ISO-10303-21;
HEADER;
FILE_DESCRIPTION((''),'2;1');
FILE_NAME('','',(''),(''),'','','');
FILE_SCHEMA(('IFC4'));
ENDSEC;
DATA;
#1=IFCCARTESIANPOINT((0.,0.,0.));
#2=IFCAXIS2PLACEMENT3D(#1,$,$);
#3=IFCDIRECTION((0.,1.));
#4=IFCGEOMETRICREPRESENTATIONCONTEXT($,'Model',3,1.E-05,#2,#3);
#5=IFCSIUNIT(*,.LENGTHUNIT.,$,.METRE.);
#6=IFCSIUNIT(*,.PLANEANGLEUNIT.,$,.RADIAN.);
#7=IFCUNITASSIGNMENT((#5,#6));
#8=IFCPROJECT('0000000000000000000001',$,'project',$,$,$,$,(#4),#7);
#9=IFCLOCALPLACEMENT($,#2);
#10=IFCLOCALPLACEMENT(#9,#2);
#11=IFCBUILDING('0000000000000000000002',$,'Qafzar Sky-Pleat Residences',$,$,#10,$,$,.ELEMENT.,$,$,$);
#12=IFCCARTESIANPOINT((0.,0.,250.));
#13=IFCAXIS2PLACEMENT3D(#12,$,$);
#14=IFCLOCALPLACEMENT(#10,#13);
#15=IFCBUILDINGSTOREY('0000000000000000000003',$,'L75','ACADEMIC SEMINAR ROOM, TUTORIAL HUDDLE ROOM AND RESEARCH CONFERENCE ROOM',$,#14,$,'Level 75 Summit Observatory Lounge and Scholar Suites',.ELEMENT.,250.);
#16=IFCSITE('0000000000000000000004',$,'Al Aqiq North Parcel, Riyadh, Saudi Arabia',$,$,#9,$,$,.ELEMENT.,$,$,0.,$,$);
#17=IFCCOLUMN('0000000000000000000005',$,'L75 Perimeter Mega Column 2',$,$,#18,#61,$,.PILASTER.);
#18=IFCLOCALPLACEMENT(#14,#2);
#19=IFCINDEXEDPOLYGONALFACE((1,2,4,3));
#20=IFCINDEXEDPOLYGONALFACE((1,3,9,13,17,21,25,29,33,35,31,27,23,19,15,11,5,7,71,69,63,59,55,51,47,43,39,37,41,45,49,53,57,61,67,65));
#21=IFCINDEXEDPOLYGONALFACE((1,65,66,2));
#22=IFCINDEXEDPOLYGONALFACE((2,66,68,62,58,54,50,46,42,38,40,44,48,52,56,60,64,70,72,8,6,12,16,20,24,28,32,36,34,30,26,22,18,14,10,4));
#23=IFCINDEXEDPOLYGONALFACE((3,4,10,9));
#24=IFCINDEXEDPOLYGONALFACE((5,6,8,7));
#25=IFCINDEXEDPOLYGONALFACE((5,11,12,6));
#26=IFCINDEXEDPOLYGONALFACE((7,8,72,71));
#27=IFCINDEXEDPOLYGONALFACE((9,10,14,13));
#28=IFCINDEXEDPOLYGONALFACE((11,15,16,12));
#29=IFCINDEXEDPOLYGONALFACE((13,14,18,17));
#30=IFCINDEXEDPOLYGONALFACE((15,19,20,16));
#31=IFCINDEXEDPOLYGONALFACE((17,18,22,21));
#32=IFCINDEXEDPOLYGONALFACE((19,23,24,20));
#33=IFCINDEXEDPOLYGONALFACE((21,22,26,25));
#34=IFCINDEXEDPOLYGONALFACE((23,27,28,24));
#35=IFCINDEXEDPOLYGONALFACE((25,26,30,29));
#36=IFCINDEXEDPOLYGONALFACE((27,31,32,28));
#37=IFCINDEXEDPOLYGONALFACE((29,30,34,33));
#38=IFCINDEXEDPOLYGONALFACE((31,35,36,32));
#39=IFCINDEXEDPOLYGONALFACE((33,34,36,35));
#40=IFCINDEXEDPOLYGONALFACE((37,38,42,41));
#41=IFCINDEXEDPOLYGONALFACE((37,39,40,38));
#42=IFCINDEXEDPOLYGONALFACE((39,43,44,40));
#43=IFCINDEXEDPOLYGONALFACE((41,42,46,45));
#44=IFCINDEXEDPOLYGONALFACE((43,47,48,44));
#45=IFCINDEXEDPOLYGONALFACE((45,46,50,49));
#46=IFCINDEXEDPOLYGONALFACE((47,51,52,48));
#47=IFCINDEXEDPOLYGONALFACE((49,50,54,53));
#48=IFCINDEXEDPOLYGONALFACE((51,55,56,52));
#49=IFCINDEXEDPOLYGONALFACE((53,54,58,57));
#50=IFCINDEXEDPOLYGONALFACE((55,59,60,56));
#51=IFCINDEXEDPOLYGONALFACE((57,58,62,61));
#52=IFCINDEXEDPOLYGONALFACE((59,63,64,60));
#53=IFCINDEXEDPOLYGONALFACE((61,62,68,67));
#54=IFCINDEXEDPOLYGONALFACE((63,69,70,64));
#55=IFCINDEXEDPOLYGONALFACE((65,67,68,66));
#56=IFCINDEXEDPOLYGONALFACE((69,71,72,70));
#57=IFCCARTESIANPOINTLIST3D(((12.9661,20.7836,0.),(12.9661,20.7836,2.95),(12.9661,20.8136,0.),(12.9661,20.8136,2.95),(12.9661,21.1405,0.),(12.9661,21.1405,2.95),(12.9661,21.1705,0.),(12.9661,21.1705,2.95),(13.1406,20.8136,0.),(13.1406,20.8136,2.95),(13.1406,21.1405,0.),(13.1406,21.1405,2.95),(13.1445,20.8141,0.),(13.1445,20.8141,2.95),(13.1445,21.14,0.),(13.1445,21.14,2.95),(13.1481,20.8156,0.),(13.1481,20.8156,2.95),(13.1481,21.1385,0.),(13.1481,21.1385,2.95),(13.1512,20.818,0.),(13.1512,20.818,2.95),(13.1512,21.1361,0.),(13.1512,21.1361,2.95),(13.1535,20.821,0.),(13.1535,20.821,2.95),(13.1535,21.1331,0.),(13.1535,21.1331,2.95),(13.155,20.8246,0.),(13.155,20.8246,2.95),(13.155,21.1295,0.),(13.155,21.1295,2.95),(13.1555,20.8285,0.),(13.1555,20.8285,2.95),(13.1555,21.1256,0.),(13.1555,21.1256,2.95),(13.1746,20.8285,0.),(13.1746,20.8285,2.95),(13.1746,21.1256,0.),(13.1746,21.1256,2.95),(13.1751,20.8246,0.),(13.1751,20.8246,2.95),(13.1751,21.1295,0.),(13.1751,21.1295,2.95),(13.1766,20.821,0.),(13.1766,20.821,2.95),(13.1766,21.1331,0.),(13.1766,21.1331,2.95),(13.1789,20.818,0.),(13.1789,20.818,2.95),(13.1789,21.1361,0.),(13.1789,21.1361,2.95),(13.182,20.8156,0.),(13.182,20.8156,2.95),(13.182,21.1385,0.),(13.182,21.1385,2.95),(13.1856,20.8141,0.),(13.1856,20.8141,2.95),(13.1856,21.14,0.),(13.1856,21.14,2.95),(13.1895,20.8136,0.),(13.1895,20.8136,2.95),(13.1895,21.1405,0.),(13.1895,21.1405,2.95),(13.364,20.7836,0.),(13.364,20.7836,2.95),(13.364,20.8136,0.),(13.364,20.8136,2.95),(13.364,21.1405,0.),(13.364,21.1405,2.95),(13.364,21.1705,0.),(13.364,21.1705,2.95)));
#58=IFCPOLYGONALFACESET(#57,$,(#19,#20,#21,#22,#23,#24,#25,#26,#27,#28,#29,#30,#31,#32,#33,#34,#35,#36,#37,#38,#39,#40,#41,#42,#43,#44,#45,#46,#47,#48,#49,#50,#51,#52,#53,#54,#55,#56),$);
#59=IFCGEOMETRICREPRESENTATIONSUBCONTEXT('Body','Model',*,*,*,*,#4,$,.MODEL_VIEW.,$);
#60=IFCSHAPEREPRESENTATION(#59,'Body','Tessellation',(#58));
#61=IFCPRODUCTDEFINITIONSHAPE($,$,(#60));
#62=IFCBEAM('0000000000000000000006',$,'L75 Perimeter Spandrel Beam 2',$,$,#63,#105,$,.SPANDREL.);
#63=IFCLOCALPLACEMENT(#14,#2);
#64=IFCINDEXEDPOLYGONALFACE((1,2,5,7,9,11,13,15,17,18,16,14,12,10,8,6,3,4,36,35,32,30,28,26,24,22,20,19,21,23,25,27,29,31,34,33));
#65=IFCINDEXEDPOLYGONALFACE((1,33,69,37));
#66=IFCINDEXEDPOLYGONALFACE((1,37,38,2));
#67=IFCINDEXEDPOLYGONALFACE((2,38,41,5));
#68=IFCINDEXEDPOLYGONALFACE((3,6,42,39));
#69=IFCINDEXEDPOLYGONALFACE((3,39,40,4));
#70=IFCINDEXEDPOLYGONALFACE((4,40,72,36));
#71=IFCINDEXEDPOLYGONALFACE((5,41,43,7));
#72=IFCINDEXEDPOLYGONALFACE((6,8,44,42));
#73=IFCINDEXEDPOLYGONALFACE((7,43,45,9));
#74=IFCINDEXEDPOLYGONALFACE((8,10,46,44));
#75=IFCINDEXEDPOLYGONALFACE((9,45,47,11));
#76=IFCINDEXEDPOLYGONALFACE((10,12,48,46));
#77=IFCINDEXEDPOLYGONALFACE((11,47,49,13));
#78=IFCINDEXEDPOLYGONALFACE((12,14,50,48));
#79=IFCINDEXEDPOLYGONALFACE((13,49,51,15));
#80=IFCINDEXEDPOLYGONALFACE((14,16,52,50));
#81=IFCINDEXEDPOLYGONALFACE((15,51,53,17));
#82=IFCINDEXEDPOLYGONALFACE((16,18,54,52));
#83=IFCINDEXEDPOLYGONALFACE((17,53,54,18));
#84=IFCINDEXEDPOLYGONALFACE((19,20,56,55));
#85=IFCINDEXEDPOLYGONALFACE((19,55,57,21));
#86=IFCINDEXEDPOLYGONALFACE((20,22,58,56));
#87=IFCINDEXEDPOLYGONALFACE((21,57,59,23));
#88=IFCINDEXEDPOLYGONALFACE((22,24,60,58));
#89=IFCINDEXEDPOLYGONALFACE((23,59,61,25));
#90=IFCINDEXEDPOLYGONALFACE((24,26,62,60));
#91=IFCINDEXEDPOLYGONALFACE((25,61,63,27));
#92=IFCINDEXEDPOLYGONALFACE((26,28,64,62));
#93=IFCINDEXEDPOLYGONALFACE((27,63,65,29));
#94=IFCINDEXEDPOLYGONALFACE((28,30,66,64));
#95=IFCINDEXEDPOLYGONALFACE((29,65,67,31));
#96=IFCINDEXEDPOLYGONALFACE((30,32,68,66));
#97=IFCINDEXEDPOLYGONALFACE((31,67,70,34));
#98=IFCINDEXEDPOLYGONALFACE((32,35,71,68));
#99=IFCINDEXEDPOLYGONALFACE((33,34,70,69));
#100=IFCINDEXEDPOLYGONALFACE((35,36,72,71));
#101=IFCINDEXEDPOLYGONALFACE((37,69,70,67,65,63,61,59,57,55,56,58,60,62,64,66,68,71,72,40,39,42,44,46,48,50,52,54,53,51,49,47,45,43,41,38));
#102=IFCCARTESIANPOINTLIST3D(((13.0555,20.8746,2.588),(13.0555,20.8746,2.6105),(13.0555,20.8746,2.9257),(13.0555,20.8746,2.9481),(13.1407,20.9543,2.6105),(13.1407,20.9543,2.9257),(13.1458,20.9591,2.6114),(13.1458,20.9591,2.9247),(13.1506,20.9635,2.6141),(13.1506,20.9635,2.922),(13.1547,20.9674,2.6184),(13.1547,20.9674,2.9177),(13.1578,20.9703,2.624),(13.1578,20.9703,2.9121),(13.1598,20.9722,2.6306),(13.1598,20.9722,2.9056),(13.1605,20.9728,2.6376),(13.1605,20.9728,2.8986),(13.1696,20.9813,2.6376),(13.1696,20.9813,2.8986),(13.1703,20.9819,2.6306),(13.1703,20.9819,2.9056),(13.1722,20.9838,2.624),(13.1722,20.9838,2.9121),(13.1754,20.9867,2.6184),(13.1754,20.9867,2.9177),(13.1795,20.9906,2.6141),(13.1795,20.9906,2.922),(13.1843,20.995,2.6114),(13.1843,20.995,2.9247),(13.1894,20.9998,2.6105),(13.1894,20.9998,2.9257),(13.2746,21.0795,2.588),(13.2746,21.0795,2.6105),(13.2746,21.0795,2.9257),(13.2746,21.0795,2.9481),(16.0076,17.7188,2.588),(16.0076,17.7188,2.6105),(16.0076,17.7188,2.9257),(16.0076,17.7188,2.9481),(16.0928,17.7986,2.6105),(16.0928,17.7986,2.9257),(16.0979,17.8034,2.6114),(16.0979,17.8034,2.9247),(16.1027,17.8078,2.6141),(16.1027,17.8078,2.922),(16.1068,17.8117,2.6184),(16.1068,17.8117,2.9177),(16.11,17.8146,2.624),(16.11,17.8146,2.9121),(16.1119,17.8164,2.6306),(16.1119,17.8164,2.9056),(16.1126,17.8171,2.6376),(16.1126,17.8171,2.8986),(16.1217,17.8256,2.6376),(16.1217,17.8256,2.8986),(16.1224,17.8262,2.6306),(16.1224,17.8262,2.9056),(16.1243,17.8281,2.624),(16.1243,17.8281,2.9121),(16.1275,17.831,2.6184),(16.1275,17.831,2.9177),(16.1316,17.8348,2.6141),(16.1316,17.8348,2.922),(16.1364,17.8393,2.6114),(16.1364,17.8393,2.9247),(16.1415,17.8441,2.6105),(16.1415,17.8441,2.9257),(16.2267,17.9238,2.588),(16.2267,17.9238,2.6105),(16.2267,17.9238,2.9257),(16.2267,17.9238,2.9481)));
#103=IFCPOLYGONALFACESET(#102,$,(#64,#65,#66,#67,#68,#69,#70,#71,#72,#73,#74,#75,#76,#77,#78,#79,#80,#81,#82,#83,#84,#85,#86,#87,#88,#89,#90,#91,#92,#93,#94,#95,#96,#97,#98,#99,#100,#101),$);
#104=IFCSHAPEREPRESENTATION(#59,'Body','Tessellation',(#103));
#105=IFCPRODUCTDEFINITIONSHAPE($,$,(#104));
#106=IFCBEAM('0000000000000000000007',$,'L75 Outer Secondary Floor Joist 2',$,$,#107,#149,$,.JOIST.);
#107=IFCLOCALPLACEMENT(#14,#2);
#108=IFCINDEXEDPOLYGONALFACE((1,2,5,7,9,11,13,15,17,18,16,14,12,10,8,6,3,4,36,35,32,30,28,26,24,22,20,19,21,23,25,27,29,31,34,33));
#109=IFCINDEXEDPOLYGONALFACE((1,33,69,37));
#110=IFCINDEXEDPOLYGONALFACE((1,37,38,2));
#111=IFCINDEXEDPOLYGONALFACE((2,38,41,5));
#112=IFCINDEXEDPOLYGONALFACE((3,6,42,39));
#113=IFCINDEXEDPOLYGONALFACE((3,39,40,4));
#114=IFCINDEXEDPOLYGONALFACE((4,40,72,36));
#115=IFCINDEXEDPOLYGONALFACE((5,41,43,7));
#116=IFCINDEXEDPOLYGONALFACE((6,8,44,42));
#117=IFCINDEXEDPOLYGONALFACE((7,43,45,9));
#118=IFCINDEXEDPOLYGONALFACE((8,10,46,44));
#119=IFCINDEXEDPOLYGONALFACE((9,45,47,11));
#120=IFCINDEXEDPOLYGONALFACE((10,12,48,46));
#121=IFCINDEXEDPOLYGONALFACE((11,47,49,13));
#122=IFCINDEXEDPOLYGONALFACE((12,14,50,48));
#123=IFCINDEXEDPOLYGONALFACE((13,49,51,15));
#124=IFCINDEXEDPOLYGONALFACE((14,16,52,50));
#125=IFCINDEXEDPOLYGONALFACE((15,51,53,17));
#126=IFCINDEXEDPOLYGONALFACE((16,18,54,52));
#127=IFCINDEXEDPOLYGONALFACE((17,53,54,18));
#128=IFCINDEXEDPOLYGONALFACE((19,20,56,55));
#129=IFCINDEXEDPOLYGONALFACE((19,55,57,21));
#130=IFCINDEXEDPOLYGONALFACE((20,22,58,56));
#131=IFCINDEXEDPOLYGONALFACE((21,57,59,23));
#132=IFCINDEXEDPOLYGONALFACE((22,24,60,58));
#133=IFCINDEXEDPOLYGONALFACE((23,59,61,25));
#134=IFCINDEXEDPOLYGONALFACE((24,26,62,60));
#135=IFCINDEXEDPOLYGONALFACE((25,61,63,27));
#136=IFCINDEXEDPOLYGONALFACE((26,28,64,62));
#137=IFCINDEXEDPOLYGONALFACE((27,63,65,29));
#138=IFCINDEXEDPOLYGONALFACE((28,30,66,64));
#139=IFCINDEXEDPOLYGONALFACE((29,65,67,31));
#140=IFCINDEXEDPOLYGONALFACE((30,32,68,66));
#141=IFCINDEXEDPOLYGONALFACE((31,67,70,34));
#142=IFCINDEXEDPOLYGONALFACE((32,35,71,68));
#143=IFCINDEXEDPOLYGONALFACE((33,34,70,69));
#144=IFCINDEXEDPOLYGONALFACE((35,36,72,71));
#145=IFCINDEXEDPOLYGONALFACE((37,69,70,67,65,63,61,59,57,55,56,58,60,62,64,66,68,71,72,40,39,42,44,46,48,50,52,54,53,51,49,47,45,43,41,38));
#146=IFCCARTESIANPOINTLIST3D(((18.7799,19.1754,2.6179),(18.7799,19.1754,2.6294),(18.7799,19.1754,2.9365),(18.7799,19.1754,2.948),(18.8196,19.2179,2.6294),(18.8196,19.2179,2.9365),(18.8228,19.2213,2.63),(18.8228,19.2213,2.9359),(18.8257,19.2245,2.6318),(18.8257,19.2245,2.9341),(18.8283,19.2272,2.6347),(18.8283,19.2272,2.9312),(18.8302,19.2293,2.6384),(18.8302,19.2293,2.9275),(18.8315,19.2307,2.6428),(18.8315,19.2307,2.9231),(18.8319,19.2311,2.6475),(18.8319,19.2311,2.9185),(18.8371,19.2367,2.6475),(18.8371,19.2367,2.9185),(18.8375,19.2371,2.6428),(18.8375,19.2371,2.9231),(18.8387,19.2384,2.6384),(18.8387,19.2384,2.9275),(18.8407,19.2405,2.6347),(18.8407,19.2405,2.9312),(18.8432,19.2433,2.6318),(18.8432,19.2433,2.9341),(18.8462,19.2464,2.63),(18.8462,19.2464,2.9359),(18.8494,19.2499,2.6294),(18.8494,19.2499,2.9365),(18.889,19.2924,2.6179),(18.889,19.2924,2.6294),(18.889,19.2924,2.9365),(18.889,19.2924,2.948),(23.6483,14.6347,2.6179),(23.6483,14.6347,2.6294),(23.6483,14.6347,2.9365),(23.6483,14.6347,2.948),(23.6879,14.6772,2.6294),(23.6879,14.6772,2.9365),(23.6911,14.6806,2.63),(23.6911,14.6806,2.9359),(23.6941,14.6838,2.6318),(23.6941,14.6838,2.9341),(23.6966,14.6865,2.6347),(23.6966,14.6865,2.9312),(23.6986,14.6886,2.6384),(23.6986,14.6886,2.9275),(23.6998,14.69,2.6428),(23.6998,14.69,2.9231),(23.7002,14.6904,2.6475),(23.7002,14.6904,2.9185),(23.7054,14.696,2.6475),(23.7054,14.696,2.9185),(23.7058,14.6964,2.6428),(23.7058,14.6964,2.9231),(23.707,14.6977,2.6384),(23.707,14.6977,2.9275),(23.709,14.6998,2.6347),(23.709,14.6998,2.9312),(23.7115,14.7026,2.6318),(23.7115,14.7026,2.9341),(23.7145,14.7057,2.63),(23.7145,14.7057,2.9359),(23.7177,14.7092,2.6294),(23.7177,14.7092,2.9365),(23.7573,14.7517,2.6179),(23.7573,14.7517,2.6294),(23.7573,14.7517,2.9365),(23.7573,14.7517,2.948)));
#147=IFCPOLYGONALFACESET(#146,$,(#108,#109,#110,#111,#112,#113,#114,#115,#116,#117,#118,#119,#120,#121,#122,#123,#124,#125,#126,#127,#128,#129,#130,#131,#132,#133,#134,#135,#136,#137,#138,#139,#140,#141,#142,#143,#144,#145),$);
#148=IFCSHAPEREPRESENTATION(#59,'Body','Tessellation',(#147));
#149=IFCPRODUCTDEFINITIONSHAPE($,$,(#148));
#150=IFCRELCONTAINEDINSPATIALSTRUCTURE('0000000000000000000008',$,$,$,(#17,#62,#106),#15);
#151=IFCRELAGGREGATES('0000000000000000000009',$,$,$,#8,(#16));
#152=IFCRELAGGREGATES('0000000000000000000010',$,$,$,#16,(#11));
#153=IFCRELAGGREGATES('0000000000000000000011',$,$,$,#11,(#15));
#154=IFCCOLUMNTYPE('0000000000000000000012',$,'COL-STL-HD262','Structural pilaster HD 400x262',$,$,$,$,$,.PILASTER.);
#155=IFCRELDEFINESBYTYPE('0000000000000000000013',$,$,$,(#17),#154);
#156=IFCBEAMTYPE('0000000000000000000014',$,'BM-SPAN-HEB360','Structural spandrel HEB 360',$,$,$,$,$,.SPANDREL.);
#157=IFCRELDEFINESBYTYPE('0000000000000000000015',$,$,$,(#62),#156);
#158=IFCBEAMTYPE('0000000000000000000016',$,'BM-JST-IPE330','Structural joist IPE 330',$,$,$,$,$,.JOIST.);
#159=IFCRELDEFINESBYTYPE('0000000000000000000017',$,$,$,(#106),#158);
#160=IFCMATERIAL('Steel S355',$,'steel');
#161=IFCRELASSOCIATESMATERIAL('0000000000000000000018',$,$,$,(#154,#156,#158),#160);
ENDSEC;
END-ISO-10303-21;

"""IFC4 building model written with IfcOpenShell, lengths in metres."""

from ifc_helpers import new_model, si_unit, direction, frame, origin, origin_2d, place, context, subcontext, project, spatial, i_section, extrude, source, transform, mapped, material, material_profile, profile_set, type_object, element, save


model = new_model("IFC4")

# Units and contexts
model_context = context("Model", 3, precision=1e-05, world=origin(), true_north=direction((0.0, 1.0)))
body_context = subcontext(model_context, "Body", "Model", "MODEL_VIEW")
ifc_project = project(units=[si_unit("LENGTHUNIT", "METRE"), si_unit("PLANEANGLEUNIT", "RADIAN")], contexts=[model_context])

# Site, building, storey
site_placement = place(None, origin())
site = spatial("IfcSite", under=ifc_project, at=site_placement, Name="Al Aqiq North Parcel, Riyadh, Saudi Arabia", CompositionType="ELEMENT", RefElevation=0.0)
building_placement = place(site_placement, origin())
building = spatial("IfcBuilding", under=site, at=building_placement, Name="Qafzar Sky-Pleat Residences", CompositionType="ELEMENT")
storey_placement = place(building_placement, frame((0.0, 0.0, 250.0)))
storey = spatial("IfcBuildingStorey", under=building, at=storey_placement, Name="L75", Description="ACADEMIC SEMINAR ROOM, TUTORIAL HUDDLE ROOM AND RESEARCH CONFERENCE ROOM", LongName="Level 75 Summit Observatory Lounge and Scholar Suites", CompositionType="ELEMENT", Elevation=250.0)

# Column
ifc_material_1 = material(Name="Steel S355", Category="steel")
ifc_material_profile_1 = material_profile(ifc_material_1, i_section(OverallWidth=0.3979, OverallDepth=0.387, WebThickness=0.019, FlangeThickness=0.03, FilletRadius=0.0149, at=origin_2d()), Name="HD 400x262")
ifc_profile_set_1 = profile_set([ifc_material_profile_1], Name="Steel S355")
column_type = type_object("IfcColumnType", Name="COL-STL-HD262", Description="Structural pilaster HD 400x262", PredefinedType="PILASTER", material=ifc_profile_set_1)
shared_shape_1 = source(origin(), body_context, "Body", "SweptSolid", [
    extrude(i_section(OverallWidth=0.3979, OverallDepth=0.387, WebThickness=0.019, FlangeThickness=0.03, FilletRadius=0.0149, at=origin_2d()), origin(), (0.0, 0.0, 1.0), 2.95),
])
column_placement = place(storey_placement, frame((13.165, 20.9771, 0.0), z_axis=(0.0, 0.0, 1.0), x_axis=(1.0, 0.0, 0.0)))
element("IfcColumn", 1, at=column_placement, inside=storey, type_object=column_type, Name="L75 Perimeter Mega Column 2", PredefinedType="PILASTER", context=body_context, shape_type="MappedRepresentation", body=[
    mapped(shared_shape_1, transform((0.0, 0.0, 0.0), x_axis=(1.0, 0.0, 0.0), y_axis=(0.0, 1.0, 0.0), z_axis=(0.0, 0.0, 1.0), scale=1.0)),
])

# Beams
ifc_material_profile_2 = material_profile(ifc_material_1, i_section(OverallWidth=0.3, OverallDepth=0.3601, WebThickness=0.0125, FlangeThickness=0.0225, FilletRadius=0.0271, at=origin_2d()), Name="HEB 360")
ifc_profile_set_2 = profile_set([ifc_material_profile_2], Name="Steel S355")
beam_type_1 = type_object("IfcBeamType", Name="BM-SPAN-HEB360", Description="Structural spandrel HEB 360", PredefinedType="SPANDREL", material=ifc_profile_set_2)
shared_shape_2 = source(origin(), body_context, "Body", "SweptSolid", [
    extrude(i_section(OverallWidth=0.3, OverallDepth=0.3601, WebThickness=0.0125, FlangeThickness=0.0225, FilletRadius=0.0271, at=origin_2d()), origin(), (0.0, 0.0, 1.0), 4.3213),
])
beam_1_placement = place(storey_placement, frame((13.165, 20.9771, 2.7681), z_axis=(0.683155, -0.730273, 0.0), x_axis=(0.730273, 0.683155, 0.0)))
element("IfcBeam", 2, at=beam_1_placement, inside=storey, type_object=beam_type_1, Name="L75 Perimeter Spandrel Beam 2", PredefinedType="SPANDREL", context=body_context, shape_type="MappedRepresentation", body=[
    mapped(shared_shape_2, transform((0.0, 0.0, 0.0), x_axis=(1.0, 0.0, 0.0), y_axis=(0.0, 1.0, 0.0), z_axis=(0.0, 0.0, 1.0), scale=1.0)),
])
ifc_material_profile_3 = material_profile(ifc_material_1, i_section(OverallWidth=0.1599, OverallDepth=0.3301, WebThickness=0.0076, FlangeThickness=0.0115, FilletRadius=0.0181, at=origin_2d()), Name="IPE 330")
ifc_profile_set_3 = profile_set([ifc_material_profile_3], Name="Steel S355")
beam_type_2 = type_object("IfcBeamType", Name="BM-JST-IPE330", Description="Structural joist IPE 330", PredefinedType="JOIST", material=ifc_profile_set_3)
shared_shape_3 = source(origin(), body_context, "Body", "SweptSolid", [
    extrude(i_section(OverallWidth=0.1599, OverallDepth=0.3301, WebThickness=0.0076, FlangeThickness=0.0115, FilletRadius=0.0181, at=origin_2d()), origin(), (0.0, 0.0, 1.0), 6.6572),
])
beam_2_placement = place(storey_placement, frame((18.8345, 19.2339, 2.783), z_axis=(0.731286, -0.682071, 0.0), x_axis=(0.682071, 0.731286, 0.0)))
element("IfcBeam", 3, at=beam_2_placement, inside=storey, type_object=beam_type_2, Name="L75 Outer Secondary Floor Joist 2", PredefinedType="JOIST", context=body_context, shape_type="MappedRepresentation", body=[
    mapped(shared_shape_3, transform((0.0, 0.0, 0.0), x_axis=(1.0, 0.0, 0.0), y_axis=(0.0, 1.0, 0.0), z_axis=(0.0, 0.0, 1.0), scale=1.0)),
])

save(model, "model.ifc")
